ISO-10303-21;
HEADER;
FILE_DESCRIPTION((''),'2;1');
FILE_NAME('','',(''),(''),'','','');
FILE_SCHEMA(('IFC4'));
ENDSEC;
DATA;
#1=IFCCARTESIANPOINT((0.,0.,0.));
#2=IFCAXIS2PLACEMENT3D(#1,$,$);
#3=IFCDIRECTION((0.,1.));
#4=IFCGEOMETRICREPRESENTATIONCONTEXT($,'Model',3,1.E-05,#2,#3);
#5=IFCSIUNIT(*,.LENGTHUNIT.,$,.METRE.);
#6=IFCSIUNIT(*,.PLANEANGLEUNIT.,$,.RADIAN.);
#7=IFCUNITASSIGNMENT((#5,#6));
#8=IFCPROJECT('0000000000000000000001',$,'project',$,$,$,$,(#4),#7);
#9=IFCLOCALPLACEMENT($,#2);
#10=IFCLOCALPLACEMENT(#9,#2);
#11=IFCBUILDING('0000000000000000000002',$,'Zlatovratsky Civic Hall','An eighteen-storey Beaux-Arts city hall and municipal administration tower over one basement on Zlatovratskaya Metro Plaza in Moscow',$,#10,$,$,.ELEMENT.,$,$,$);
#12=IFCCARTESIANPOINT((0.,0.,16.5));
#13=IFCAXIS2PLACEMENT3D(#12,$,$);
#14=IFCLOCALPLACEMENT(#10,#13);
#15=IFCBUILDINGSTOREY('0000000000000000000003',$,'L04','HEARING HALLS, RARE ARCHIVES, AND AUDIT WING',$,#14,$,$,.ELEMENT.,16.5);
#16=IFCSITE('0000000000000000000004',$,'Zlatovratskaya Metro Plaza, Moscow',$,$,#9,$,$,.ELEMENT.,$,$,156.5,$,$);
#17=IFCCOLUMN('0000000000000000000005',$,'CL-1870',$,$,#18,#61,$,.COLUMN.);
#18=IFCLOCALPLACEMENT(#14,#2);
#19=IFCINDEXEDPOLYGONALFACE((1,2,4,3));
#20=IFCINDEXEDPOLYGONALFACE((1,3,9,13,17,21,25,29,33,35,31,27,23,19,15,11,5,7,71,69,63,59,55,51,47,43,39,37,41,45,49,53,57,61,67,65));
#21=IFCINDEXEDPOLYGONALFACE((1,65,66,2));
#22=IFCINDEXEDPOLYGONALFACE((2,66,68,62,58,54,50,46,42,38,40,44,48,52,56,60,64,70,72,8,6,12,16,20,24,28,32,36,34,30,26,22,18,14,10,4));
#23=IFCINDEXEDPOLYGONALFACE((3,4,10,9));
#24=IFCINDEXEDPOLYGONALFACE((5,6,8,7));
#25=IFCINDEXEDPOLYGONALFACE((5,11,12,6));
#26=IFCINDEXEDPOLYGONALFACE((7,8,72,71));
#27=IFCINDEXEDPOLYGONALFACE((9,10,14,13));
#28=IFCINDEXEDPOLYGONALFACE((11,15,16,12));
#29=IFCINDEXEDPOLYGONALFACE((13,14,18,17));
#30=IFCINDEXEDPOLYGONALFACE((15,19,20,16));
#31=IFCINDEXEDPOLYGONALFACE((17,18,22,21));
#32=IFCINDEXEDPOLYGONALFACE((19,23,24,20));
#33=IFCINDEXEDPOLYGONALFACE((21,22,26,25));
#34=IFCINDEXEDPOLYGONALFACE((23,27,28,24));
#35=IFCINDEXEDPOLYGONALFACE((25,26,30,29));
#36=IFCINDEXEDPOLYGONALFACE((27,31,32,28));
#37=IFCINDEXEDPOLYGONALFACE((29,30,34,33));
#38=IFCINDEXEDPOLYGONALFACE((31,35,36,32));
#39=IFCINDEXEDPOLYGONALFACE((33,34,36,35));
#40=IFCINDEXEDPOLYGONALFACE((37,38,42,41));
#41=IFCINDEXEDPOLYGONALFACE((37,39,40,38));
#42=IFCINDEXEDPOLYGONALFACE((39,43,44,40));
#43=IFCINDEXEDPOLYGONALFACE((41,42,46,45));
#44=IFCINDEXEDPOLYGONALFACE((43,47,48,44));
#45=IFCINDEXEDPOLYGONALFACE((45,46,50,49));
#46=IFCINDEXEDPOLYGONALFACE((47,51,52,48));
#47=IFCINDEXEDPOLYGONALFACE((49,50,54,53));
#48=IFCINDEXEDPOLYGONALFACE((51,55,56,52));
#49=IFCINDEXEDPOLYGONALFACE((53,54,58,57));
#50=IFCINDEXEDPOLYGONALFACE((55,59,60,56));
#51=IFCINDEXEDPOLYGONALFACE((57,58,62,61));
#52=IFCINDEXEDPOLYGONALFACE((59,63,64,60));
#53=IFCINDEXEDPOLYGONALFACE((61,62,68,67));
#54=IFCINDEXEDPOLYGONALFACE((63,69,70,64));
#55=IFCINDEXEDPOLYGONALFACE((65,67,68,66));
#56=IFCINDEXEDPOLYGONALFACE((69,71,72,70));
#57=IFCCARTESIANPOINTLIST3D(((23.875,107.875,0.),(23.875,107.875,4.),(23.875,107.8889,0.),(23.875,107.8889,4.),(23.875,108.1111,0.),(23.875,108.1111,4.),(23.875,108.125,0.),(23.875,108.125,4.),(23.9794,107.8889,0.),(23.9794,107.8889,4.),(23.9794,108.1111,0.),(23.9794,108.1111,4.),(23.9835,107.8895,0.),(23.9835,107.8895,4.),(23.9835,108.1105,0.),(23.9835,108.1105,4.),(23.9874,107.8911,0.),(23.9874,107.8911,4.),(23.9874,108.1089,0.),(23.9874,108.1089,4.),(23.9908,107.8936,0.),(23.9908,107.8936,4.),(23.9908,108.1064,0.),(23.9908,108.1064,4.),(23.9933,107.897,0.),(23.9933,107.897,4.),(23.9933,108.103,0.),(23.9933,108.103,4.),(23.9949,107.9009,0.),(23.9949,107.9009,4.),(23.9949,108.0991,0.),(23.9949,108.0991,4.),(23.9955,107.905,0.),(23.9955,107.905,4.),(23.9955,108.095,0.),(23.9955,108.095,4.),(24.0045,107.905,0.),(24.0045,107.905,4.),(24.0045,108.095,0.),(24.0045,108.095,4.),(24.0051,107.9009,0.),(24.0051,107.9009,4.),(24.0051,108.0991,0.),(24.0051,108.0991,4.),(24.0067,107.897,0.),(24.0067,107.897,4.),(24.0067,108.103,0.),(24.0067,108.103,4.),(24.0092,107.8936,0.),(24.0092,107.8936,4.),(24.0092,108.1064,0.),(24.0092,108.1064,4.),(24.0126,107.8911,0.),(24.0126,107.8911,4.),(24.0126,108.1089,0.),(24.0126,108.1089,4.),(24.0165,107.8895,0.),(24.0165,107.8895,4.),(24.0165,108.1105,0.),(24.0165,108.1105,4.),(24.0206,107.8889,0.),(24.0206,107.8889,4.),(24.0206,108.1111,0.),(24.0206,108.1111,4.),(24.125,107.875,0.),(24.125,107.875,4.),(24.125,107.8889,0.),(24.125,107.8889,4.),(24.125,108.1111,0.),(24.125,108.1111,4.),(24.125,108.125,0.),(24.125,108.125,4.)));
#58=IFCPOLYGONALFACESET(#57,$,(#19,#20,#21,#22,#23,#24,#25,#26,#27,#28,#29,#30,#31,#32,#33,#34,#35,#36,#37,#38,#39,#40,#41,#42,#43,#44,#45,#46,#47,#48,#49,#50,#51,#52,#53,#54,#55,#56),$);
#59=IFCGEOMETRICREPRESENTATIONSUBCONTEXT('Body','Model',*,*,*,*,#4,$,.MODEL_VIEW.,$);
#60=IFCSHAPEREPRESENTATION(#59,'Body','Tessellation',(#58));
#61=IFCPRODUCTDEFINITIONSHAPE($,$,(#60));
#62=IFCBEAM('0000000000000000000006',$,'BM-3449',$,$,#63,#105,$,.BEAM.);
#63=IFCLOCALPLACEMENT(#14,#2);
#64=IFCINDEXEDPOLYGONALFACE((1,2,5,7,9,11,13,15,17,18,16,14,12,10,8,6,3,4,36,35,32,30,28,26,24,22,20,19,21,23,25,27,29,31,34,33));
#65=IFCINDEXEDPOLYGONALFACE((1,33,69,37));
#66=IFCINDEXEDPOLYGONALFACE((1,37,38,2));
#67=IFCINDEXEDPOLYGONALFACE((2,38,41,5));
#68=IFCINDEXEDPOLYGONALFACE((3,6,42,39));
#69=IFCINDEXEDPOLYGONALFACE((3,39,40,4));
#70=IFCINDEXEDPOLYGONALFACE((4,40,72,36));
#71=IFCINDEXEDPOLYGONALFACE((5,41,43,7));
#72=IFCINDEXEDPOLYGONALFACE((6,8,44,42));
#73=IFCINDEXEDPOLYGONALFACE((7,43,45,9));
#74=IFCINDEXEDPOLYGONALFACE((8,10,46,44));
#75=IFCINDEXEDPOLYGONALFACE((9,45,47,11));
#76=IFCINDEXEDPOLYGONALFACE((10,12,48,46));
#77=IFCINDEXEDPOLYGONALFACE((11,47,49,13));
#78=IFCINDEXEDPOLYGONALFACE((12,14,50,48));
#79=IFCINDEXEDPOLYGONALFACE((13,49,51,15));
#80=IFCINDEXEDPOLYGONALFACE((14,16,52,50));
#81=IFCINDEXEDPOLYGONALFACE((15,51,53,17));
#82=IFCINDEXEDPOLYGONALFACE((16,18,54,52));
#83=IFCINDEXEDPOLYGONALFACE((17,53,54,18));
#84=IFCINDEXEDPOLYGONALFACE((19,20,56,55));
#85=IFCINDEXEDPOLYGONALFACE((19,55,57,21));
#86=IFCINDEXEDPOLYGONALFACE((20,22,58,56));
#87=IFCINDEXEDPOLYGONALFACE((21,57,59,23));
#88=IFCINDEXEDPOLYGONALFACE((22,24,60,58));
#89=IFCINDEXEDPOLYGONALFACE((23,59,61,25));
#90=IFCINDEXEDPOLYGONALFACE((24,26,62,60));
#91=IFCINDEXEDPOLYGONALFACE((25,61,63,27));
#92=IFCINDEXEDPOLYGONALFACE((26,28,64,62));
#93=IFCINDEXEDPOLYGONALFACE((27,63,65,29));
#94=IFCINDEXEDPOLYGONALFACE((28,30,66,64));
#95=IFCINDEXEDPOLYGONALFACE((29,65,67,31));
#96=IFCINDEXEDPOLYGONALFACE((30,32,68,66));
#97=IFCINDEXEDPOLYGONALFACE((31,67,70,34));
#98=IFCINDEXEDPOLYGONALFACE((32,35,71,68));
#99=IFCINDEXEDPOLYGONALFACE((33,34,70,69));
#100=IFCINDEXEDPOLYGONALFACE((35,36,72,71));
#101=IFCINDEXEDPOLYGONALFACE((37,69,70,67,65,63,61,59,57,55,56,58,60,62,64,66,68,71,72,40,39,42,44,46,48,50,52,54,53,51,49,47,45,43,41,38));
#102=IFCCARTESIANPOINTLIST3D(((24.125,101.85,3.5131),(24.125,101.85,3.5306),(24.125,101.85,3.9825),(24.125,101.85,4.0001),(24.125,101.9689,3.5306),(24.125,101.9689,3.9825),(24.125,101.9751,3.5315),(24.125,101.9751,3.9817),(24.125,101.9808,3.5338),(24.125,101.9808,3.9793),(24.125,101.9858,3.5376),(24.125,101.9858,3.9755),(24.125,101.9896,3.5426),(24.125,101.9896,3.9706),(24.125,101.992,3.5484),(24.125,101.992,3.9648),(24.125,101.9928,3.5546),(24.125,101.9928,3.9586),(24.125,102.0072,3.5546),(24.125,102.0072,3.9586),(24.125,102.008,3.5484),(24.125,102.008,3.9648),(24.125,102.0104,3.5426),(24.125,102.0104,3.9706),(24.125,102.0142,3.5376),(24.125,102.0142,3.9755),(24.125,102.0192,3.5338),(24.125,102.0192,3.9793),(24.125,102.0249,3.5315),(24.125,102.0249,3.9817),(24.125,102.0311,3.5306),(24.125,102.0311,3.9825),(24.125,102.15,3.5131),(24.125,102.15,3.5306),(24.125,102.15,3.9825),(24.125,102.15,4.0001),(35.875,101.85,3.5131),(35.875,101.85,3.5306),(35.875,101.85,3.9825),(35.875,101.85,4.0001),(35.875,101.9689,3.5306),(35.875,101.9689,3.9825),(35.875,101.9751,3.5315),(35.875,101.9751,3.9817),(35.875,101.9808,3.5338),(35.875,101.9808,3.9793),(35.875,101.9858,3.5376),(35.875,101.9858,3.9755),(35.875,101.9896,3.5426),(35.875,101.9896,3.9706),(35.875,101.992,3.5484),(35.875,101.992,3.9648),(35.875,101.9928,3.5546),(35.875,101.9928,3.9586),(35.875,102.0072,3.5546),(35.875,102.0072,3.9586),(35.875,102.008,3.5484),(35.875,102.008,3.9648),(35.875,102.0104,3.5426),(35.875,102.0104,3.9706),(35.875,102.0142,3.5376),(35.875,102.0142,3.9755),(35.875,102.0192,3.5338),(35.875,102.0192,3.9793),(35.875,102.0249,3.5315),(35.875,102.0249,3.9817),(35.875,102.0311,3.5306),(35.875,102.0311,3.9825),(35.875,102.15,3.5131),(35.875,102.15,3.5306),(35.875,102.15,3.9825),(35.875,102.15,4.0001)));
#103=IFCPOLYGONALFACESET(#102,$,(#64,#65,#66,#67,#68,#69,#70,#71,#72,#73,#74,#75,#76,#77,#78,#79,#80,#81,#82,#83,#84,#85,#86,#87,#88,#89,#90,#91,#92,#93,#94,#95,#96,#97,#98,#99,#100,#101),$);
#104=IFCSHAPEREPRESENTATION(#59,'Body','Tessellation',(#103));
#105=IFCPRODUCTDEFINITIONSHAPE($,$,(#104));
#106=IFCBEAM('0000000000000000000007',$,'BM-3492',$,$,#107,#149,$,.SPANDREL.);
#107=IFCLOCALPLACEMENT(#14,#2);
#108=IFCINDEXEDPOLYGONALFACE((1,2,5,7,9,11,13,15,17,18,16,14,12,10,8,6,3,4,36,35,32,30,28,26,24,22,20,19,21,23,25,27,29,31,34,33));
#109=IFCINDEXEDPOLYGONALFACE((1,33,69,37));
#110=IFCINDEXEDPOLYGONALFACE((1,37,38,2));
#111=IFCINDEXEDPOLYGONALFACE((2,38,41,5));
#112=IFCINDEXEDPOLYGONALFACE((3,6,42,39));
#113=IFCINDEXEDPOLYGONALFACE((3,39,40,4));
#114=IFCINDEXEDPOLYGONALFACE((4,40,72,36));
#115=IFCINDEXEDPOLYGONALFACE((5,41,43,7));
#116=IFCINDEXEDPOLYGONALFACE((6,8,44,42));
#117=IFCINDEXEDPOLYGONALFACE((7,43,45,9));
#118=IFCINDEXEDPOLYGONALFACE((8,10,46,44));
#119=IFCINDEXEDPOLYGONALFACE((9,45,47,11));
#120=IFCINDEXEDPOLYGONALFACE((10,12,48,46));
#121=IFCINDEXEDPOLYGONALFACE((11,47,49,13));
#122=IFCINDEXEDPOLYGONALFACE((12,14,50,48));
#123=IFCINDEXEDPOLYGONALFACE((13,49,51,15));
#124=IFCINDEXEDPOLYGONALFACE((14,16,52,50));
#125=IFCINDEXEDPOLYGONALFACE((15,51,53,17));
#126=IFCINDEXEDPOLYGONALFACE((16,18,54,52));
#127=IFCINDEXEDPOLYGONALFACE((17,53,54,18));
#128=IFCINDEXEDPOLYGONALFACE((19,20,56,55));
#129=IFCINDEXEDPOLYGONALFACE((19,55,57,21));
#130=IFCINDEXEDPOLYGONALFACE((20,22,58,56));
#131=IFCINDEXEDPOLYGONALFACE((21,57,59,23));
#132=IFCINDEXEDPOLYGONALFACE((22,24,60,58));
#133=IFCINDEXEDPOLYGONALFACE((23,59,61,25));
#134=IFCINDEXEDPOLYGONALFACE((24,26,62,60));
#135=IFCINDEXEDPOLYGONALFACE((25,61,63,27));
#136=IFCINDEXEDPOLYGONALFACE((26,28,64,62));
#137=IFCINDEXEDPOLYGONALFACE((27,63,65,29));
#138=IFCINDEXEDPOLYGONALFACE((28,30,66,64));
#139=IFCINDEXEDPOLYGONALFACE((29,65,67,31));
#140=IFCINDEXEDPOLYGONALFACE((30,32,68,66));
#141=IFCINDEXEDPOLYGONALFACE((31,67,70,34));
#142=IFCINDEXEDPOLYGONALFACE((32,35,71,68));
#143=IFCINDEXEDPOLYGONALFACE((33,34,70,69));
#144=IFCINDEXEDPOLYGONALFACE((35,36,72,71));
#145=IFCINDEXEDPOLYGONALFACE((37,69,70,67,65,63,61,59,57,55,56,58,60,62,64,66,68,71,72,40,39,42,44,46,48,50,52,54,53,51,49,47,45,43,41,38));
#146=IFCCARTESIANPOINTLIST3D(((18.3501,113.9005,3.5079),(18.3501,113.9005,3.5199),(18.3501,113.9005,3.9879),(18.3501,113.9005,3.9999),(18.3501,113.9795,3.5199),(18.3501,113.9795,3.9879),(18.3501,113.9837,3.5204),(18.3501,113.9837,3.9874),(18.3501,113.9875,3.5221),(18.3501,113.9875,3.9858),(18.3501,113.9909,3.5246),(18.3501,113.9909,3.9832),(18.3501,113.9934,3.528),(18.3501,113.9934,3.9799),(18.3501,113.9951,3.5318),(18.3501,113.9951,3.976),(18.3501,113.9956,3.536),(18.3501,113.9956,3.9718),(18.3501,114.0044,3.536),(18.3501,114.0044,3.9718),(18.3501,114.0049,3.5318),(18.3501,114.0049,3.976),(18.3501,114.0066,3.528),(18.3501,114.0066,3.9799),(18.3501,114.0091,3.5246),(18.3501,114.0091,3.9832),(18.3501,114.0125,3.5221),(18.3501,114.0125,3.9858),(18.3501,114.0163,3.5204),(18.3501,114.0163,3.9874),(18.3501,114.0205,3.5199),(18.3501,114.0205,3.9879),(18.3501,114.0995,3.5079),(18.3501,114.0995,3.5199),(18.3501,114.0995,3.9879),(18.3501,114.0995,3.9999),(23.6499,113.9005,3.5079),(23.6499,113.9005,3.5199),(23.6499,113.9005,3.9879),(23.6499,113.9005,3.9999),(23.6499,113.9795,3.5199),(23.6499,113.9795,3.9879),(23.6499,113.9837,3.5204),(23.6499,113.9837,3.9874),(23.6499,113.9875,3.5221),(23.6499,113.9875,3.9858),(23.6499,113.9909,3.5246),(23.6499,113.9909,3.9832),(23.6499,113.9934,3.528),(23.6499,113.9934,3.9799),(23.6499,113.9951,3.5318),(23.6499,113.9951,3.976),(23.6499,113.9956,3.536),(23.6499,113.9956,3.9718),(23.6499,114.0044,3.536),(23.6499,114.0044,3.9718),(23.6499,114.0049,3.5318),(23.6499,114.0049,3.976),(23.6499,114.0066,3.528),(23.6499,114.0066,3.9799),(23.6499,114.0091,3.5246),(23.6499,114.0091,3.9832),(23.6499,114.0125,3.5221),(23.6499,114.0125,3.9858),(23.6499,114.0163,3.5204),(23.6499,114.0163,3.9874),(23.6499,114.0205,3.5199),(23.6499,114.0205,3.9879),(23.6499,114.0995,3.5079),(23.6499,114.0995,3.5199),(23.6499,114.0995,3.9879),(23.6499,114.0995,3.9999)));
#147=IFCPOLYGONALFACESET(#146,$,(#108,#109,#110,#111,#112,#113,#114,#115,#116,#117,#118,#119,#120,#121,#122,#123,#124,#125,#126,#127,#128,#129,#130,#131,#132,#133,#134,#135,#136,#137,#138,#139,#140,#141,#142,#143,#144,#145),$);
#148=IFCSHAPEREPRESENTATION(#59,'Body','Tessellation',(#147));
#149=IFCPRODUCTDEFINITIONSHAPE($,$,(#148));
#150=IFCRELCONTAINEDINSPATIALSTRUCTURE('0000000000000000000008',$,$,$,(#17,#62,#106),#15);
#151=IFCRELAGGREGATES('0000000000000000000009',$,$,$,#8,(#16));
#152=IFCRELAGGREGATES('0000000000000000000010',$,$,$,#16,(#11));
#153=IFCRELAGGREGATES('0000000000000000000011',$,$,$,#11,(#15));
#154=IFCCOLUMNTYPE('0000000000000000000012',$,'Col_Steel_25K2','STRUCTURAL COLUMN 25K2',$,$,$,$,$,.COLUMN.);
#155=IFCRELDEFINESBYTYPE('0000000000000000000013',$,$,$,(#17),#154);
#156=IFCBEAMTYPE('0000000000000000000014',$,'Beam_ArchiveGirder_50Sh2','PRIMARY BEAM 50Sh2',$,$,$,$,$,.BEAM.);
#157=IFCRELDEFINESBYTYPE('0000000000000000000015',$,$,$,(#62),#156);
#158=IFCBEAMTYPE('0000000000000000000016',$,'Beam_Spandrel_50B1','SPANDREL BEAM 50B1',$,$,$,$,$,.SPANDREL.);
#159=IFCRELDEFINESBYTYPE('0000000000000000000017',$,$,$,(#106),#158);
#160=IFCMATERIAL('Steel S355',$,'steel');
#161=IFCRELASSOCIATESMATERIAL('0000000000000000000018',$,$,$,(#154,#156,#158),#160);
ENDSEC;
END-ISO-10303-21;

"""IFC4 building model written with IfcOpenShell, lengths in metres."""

from ifc_helpers import new_model, si_unit, direction, frame, origin, origin_2d, place, context, subcontext, project, spatial, i_section, extrude, material, material_profile, profile_set, type_object, element, save


model = new_model("IFC4")

# Units and contexts
model_context = context("Model", 3, precision=1e-05, world=origin(), true_north=direction((0.0, 1.0)))
body_context = subcontext(model_context, "Body", "Model", "MODEL_VIEW")
ifc_project = project(units=[si_unit("LENGTHUNIT", "METRE"), si_unit("PLANEANGLEUNIT", "RADIAN")], contexts=[model_context])

# Site, building, storey
site_placement = place(None, origin())
site = spatial("IfcSite", under=ifc_project, at=site_placement, Name="Zlatovratskaya Metro Plaza, Moscow", CompositionType="ELEMENT", RefElevation=156.5)
building_placement = place(site_placement, origin())
building = spatial("IfcBuilding", under=site, at=building_placement, Name="Zlatovratsky Civic Hall", Description="An eighteen-storey Beaux-Arts city hall and municipal administration tower over one basement on Zlatovratskaya Metro Plaza in Moscow", CompositionType="ELEMENT")
storey_placement = place(building_placement, frame((0.0, 0.0, 16.5)))
storey = spatial("IfcBuildingStorey", under=building, at=storey_placement, Name="L04", Description="HEARING HALLS, RARE ARCHIVES, AND AUDIT WING", CompositionType="ELEMENT", Elevation=16.5)

# Column
ifc_material_1 = material(Name="Steel S355", Category="steel")
ifc_material_profile_1 = material_profile(ifc_material_1, i_section(OverallWidth=0.25, OverallDepth=0.25, WebThickness=0.009, FlangeThickness=0.0139, FilletRadius=0.0161, at=origin_2d()), Name="25K2")
ifc_profile_set_1 = profile_set([ifc_material_profile_1], Name="Steel S355")
column_type_1 = type_object("IfcColumnType", Name="Col_Steel_25K2", Description="STRUCTURAL COLUMN 25K2", PredefinedType="COLUMN", material=ifc_profile_set_1)
for number, where, z_axis, x_axis, name in (
    (1, (24.0, 108.0, 0.0), (0.0, 0.0, 1.0), (1.0, 0.0, 0.0), "CL-1870"),
):
    element("IfcColumn", number, at=place(storey_placement, frame(where, z_axis=z_axis, x_axis=x_axis)), inside=storey, type_object=column_type_1, Name=name, PredefinedType="COLUMN", context=body_context, shape_type="SweptSolid", body=[
        extrude(i_section(OverallWidth=0.25, OverallDepth=0.25, WebThickness=0.009, FlangeThickness=0.0139, FilletRadius=0.0161, at=origin_2d()), origin(), (0.0, 0.0, 1.0), 4.0),
    ])

# Beams
ifc_material_profile_2 = material_profile(ifc_material_1, i_section(OverallWidth=0.3, OverallDepth=0.4871, WebThickness=0.0144, FlangeThickness=0.0176, FilletRadius=0.0239, at=origin_2d()), Name="50Sh2")
ifc_profile_set_2 = profile_set([ifc_material_profile_2], Name="Steel S355")
beam_type_1 = type_object("IfcBeamType", Name="Beam_ArchiveGirder_50Sh2", Description="PRIMARY BEAM 50Sh2", PredefinedType="BEAM", material=ifc_profile_set_2)
beam_1_placement = place(storey_placement, frame((24.125, 102.0, 3.7566), z_axis=(1.0, 0.0, 0.0), x_axis=(0.0, 1.0, 0.0)))
element("IfcBeam", 2, at=beam_1_placement, inside=storey, type_object=beam_type_1, Name="BM-3449", PredefinedType="BEAM", context=body_context, shape_type="SweptSolid", body=[
    extrude(i_section(OverallWidth=0.3, OverallDepth=0.4871, WebThickness=0.0144, FlangeThickness=0.0176, FilletRadius=0.0239, at=origin_2d()), origin(), (0.0, 0.0, 1.0), 11.75),
])
ifc_material_profile_3 = material_profile(ifc_material_1, i_section(OverallWidth=0.199, OverallDepth=0.4919, WebThickness=0.0088, FlangeThickness=0.012, FilletRadius=0.0161, at=origin_2d()), Name="50B1")
ifc_profile_set_3 = profile_set([ifc_material_profile_3], Name="Steel S355")
beam_type_2 = type_object("IfcBeamType", Name="Beam_Spandrel_50B1", Description="SPANDREL BEAM 50B1", PredefinedType="SPANDREL", material=ifc_profile_set_3)
beam_2_placement = place(storey_placement, frame((18.3501, 114.0, 3.7539), z_axis=(1.0, 0.0, 0.0), x_axis=(0.0, 1.0, 0.0)))
element("IfcBeam", 3, at=beam_2_placement, inside=storey, type_object=beam_type_2, Name="BM-3492", PredefinedType="SPANDREL", context=body_context, shape_type="SweptSolid", body=[
    extrude(i_section(OverallWidth=0.199, OverallDepth=0.4919, WebThickness=0.0088, FlangeThickness=0.012, FilletRadius=0.0161, at=origin_2d()), origin(), (0.0, 0.0, 1.0), 5.2998),
])

save(model, "model.ifc")
